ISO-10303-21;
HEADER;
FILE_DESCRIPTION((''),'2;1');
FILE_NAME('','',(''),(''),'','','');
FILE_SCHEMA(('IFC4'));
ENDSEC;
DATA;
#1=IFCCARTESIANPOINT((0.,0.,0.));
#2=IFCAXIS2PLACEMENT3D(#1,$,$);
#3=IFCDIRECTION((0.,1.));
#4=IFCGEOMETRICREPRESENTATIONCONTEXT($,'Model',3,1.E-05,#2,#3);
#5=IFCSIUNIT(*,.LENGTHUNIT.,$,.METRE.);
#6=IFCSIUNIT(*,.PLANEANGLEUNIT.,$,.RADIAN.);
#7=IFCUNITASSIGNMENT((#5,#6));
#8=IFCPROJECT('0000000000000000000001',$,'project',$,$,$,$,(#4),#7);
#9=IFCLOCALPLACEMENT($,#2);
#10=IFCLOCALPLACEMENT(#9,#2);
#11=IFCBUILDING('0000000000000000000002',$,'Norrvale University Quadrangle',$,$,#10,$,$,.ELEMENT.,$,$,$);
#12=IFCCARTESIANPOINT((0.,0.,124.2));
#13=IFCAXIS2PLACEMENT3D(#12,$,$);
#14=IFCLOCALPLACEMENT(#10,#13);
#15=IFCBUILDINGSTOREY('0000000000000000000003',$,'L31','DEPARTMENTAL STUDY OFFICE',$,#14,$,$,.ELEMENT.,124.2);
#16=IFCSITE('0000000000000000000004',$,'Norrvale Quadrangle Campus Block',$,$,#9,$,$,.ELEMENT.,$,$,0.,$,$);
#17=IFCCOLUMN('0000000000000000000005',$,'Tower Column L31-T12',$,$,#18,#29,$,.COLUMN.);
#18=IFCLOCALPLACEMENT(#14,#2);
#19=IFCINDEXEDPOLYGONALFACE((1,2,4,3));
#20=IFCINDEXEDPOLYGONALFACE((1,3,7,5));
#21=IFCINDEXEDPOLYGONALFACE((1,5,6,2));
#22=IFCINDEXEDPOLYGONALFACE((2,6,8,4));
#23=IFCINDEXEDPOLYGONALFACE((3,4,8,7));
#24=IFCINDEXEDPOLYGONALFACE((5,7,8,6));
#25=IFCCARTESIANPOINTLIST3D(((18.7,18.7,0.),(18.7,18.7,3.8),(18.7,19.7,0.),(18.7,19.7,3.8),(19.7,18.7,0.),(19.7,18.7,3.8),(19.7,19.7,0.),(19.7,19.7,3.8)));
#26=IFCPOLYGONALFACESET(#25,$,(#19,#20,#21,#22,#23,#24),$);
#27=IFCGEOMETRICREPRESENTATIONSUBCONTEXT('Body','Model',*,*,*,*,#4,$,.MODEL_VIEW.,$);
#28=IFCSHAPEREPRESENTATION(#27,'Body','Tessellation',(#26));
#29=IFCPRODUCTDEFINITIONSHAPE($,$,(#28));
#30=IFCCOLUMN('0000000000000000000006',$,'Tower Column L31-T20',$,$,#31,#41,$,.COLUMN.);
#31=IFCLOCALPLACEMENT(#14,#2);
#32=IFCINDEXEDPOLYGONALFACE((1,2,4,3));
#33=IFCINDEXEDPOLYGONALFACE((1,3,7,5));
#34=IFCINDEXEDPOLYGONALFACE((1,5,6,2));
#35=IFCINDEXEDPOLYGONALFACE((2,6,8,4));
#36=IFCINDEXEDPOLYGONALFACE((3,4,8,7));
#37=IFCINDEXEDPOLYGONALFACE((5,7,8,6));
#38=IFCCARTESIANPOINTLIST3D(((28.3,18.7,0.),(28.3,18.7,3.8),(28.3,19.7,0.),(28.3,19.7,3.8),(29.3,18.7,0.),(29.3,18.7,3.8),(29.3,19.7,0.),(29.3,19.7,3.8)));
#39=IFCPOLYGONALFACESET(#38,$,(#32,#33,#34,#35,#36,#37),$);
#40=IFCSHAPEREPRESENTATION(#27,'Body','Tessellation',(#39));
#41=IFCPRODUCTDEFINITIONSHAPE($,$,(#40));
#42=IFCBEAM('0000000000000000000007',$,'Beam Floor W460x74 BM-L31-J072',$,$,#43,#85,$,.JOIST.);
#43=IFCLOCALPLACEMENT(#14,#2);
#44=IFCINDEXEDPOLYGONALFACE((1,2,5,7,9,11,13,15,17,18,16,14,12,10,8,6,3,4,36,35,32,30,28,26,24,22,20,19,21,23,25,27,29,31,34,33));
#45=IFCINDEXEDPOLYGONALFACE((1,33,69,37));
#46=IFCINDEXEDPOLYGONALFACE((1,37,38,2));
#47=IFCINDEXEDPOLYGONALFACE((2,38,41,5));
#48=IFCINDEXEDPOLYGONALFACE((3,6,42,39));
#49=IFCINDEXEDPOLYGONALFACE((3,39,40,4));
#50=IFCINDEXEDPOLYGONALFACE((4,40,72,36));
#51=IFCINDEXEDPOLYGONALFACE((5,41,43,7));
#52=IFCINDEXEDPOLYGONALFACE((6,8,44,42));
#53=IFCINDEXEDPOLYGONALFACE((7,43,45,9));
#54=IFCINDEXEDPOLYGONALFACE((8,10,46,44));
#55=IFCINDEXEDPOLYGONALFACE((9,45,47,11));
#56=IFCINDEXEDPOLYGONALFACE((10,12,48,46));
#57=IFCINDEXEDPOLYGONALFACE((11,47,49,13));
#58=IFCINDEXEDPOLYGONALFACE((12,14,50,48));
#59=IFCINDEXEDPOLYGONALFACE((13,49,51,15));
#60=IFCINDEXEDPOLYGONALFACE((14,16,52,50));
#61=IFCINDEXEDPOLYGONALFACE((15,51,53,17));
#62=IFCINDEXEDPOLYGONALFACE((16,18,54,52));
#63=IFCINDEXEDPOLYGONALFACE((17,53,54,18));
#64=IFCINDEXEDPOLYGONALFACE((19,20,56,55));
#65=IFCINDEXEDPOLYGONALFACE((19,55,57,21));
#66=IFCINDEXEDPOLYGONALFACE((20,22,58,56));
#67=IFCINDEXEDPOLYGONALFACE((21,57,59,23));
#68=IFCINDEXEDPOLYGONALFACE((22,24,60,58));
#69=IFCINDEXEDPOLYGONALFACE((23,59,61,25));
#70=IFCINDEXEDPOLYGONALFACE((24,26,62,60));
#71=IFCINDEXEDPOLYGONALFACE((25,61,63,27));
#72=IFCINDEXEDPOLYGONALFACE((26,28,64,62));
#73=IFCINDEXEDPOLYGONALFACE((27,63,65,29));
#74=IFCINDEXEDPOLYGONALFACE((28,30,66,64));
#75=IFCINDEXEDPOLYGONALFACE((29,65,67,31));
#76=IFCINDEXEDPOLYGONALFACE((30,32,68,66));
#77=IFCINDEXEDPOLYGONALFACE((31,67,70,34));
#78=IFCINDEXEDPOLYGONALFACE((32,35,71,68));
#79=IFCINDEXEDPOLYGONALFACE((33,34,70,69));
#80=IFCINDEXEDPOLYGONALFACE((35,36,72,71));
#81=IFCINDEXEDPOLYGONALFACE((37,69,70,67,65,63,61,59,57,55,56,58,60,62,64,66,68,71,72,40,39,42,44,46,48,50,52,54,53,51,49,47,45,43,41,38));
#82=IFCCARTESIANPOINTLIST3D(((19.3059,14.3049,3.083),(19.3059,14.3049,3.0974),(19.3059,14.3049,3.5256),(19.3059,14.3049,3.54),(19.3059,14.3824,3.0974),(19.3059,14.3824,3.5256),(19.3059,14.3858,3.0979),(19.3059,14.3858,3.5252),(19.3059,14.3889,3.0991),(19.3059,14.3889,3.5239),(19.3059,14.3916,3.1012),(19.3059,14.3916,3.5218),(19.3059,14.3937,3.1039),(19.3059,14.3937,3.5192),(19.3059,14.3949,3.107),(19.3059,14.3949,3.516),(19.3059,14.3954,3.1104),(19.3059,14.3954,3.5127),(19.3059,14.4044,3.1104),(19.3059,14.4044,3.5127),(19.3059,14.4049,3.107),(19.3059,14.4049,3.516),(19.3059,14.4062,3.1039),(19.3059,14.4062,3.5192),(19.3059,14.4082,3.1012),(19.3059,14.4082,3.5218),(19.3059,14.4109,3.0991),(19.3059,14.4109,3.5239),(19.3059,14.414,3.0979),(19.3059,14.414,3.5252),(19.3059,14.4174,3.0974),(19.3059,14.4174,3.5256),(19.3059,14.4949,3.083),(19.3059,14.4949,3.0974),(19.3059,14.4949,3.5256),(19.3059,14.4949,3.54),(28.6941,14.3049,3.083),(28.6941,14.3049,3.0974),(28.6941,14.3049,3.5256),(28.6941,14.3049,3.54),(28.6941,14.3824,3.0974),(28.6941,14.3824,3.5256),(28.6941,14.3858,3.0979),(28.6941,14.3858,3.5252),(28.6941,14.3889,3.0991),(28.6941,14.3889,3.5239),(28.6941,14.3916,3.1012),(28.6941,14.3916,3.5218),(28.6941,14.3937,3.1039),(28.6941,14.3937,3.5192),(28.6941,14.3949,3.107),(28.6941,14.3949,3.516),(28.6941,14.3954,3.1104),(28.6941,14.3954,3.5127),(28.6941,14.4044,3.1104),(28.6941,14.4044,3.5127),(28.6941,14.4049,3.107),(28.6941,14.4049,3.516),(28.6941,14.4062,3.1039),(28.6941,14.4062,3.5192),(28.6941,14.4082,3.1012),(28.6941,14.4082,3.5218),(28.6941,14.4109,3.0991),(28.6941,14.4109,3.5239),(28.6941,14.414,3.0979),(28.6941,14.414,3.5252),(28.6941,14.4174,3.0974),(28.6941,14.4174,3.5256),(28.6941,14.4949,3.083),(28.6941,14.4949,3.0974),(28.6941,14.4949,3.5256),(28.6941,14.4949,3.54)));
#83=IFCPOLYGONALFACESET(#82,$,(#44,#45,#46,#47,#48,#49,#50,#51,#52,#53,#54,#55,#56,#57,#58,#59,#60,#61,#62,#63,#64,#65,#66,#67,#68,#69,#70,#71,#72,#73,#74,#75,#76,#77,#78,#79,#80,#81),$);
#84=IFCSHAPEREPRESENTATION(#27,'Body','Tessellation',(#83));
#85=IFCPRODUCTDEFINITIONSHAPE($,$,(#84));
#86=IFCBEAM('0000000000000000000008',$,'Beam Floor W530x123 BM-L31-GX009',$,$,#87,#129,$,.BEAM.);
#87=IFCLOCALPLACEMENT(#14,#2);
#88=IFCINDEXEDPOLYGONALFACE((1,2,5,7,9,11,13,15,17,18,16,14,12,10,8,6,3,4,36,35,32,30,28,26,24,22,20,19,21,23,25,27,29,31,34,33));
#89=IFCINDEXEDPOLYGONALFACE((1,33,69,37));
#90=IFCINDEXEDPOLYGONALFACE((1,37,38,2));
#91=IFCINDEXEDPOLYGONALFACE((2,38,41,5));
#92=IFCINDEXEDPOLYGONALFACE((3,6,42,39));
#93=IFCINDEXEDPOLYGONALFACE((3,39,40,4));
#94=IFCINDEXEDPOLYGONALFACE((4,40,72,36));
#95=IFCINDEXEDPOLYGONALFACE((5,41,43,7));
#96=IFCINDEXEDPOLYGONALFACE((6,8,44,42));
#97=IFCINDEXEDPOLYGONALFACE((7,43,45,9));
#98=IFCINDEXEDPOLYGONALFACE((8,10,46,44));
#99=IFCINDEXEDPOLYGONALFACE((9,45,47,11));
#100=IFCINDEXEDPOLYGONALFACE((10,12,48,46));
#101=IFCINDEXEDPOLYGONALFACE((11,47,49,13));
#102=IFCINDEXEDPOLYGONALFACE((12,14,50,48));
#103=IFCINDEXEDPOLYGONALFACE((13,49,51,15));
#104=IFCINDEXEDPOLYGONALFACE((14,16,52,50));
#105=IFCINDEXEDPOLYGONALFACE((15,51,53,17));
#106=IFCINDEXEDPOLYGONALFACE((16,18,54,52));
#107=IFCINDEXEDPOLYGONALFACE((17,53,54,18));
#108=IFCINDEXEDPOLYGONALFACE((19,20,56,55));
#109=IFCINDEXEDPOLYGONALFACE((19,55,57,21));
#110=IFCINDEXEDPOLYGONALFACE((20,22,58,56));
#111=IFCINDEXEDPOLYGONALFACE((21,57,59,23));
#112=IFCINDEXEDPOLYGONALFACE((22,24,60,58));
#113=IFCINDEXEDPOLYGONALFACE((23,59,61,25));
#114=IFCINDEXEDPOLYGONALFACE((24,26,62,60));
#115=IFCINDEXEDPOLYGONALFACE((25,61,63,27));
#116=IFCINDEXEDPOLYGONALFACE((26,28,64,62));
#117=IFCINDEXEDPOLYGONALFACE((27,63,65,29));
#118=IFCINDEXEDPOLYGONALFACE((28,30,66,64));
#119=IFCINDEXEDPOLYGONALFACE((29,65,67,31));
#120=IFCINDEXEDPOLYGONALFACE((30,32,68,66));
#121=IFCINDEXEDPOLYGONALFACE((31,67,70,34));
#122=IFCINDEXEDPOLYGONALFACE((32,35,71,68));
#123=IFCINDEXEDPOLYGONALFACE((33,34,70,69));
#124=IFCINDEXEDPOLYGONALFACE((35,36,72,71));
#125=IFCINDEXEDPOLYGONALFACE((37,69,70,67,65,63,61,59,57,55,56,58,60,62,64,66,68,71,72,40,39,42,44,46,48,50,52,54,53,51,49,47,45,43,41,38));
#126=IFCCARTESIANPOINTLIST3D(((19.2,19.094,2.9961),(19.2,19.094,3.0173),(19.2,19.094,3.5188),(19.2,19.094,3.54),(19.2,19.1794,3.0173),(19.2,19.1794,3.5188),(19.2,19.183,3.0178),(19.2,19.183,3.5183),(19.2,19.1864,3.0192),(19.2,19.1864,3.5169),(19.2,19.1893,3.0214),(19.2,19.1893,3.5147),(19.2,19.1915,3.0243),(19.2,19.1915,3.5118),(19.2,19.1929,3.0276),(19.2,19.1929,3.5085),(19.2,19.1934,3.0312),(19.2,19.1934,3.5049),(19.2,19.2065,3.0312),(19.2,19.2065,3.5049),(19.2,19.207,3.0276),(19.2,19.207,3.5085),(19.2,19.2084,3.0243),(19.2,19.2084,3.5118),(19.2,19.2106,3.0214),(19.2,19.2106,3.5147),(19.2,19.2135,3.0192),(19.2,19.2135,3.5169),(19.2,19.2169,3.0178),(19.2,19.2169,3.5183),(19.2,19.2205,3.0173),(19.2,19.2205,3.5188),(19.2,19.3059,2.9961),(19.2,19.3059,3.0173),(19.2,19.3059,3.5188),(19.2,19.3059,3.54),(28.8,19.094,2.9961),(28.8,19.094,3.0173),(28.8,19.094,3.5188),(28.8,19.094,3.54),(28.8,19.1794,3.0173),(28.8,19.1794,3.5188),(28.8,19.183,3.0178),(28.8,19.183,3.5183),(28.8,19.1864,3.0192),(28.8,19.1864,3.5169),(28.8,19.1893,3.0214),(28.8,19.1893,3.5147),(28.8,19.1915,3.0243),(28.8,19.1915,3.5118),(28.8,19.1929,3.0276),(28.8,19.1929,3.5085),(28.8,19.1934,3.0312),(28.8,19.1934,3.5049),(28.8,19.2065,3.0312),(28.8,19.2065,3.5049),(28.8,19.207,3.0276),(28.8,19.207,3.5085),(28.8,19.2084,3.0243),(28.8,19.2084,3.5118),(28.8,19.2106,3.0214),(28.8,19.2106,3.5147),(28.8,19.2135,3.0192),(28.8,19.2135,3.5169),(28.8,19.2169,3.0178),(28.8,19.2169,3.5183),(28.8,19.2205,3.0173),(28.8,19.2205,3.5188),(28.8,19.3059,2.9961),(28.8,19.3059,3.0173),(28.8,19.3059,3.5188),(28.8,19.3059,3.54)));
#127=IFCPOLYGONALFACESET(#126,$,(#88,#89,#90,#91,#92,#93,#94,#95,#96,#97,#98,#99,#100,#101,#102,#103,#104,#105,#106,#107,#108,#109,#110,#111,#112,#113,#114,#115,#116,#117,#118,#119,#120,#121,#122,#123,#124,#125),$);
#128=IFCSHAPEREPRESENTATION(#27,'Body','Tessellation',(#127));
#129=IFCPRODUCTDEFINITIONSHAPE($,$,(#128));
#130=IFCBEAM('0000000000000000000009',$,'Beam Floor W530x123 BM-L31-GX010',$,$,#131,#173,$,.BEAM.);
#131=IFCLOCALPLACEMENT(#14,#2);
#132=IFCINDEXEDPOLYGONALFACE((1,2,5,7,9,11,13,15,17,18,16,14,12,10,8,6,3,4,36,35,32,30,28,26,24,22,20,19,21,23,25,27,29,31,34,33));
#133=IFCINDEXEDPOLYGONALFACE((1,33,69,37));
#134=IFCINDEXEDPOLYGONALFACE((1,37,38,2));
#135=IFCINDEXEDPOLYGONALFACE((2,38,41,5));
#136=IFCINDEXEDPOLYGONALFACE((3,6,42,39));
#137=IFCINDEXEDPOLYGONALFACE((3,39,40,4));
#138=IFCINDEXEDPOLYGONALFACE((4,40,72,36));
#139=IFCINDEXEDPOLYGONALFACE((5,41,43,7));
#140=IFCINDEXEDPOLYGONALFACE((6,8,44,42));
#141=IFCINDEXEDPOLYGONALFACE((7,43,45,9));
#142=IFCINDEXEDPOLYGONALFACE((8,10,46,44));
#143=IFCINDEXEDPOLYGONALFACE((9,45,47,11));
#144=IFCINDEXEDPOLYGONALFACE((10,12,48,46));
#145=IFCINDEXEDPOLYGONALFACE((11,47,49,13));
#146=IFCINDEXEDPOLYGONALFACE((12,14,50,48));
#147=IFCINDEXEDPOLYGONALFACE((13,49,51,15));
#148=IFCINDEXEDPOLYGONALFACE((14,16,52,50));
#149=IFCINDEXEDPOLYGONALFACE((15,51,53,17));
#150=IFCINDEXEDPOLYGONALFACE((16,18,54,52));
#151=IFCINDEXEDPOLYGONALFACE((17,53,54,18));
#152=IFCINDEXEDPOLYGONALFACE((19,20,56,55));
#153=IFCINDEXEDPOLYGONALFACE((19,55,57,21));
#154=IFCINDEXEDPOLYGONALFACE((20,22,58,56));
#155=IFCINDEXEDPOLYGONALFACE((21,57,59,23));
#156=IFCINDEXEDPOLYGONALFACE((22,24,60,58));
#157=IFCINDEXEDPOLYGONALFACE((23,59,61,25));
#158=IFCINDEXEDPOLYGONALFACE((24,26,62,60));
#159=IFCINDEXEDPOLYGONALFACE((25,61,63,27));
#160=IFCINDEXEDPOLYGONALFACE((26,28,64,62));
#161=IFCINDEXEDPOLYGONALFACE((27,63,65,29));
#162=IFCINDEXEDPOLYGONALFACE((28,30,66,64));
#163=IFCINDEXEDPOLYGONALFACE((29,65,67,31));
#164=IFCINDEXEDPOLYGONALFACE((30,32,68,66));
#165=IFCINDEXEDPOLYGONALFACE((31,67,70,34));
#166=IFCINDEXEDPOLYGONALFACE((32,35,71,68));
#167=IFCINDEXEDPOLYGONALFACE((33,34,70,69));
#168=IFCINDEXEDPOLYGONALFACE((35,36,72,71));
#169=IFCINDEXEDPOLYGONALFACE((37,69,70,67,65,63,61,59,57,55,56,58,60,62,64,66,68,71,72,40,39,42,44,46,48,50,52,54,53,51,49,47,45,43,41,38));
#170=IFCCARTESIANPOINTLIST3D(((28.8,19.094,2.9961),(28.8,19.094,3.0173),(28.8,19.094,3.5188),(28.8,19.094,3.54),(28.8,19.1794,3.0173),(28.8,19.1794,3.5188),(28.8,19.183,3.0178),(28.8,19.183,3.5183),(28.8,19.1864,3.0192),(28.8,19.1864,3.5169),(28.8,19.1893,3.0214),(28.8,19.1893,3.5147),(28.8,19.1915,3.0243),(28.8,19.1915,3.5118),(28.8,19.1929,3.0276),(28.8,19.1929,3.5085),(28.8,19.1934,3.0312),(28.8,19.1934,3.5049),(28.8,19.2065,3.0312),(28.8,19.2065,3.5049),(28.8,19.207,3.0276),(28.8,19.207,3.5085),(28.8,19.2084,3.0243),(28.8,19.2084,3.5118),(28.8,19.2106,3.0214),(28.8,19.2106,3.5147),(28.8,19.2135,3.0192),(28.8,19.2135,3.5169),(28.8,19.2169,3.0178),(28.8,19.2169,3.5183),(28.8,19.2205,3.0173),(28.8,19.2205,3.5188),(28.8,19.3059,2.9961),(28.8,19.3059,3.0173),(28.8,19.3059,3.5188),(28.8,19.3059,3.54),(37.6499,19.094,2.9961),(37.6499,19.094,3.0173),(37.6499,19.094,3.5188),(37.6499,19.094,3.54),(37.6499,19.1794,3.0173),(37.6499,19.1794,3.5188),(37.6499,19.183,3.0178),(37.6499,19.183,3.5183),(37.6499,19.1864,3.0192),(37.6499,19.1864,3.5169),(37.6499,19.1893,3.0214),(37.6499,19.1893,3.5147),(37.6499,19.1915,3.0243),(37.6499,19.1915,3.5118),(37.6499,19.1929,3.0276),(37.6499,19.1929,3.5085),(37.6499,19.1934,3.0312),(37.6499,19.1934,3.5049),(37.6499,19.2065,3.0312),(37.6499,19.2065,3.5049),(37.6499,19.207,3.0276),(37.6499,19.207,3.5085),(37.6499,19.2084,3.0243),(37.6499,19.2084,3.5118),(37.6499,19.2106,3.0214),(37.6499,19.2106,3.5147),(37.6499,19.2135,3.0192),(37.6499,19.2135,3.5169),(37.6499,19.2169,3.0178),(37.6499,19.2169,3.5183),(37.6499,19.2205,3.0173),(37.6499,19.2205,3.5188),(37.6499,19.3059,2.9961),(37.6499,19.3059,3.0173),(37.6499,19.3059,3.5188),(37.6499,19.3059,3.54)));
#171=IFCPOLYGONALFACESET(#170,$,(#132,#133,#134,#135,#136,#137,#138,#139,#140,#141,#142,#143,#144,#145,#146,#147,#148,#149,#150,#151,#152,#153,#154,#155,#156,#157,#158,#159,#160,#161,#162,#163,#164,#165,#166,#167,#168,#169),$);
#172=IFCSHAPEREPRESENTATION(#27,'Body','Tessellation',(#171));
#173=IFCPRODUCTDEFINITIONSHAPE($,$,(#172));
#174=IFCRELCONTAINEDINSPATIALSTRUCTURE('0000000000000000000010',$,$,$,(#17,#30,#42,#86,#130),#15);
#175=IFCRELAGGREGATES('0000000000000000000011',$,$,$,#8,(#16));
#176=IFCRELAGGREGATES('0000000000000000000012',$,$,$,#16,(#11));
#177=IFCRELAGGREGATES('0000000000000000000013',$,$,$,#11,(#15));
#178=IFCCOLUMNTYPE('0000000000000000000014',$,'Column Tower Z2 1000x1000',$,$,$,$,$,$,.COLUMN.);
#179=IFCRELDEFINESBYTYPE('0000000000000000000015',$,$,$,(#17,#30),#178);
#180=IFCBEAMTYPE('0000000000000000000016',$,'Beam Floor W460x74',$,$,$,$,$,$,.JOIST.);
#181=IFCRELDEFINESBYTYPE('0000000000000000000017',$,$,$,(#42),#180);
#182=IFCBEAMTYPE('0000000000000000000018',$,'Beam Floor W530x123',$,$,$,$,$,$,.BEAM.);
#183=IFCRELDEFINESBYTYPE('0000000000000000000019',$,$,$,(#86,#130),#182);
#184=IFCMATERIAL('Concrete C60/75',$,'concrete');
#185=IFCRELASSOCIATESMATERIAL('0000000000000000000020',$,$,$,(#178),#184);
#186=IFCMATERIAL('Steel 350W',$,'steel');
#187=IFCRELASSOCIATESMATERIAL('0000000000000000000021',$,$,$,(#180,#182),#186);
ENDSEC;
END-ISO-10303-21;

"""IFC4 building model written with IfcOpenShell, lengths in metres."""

from ifc_helpers import new_model, si_unit, direction, frame, origin, origin_2d, place, context, subcontext, project, spatial, rectangle, i_section, extrude, material, material_profile, profile_set, type_object, element, save


model = new_model("IFC4")

# Units and contexts
model_context = context("Model", 3, precision=1e-05, world=origin(), true_north=direction((0.0, 1.0)))
body_context = subcontext(model_context, "Body", "Model", "MODEL_VIEW")
ifc_project = project(units=[si_unit("LENGTHUNIT", "METRE"), si_unit("PLANEANGLEUNIT", "RADIAN")], contexts=[model_context])

# Site, building, storey
site_placement = place(None, origin())
site = spatial("IfcSite", under=ifc_project, at=site_placement, Name="Norrvale Quadrangle Campus Block", CompositionType="ELEMENT", RefElevation=0.0)
building_placement = place(site_placement, origin())
building = spatial("IfcBuilding", under=site, at=building_placement, Name="Norrvale University Quadrangle", CompositionType="ELEMENT")
storey_placement = place(building_placement, frame((0.0, 0.0, 124.2)))
storey = spatial("IfcBuildingStorey", under=building, at=storey_placement, Name="L31", Description="DEPARTMENTAL STUDY OFFICE", CompositionType="ELEMENT", Elevation=124.2)

# Columns
ifc_material_1 = material(Name="Concrete C60/75", Category="concrete")
ifc_material_profile_1 = material_profile(ifc_material_1, rectangle(XDim=1.0, YDim=1.0, at=origin_2d()), Name="Concrete C60/75")
ifc_profile_set_1 = profile_set([ifc_material_profile_1], Name="Concrete C60/75")
column_type = type_object("IfcColumnType", Name="Column Tower Z2 1000x1000", PredefinedType="COLUMN", material=ifc_profile_set_1)
for number, where, z_axis, x_axis, name in (
    (1, (19.2, 19.2, 0.0), (0.0, 0.0, 1.0), (1.0, 0.0, 0.0), "Tower Column L31-T12"),
    (2, (28.8, 19.2, 0.0), (0.0, 0.0, 1.0), (1.0, 0.0, 0.0), "Tower Column L31-T20"),
):
    element("IfcColumn", number, at=place(storey_placement, frame(where, z_axis=z_axis, x_axis=x_axis)), inside=storey, type_object=column_type, Name=name, PredefinedType="COLUMN", context=body_context, shape_type="SweptSolid", body=[
        extrude(rectangle(XDim=1.0, YDim=1.0, at=origin_2d()), origin(), (0.0, 0.0, 1.0), 3.8),
    ])

# Beams
ifc_material_2 = material(Name="Steel 350W", Category="steel")
ifc_material_profile_2 = material_profile(ifc_material_2, i_section(OverallWidth=0.1899, OverallDepth=0.457, WebThickness=0.009, FlangeThickness=0.0144, FilletRadius=0.0129, at=origin_2d()), Name="Steel 350W")
ifc_profile_set_2 = profile_set([ifc_material_profile_2], Name="Steel 350W")
beam_type_1 = type_object("IfcBeamType", Name="Beam Floor W460x74", PredefinedType="JOIST", material=ifc_profile_set_2)
beam_1_placement = place(storey_placement, frame((19.3059, 14.3999, 3.3115), z_axis=(1.0, 0.0, 0.0), x_axis=(0.0, 1.0, 0.0)))
element("IfcBeam", 3, at=beam_1_placement, inside=storey, type_object=beam_type_1, Name="Beam Floor W460x74 BM-L31-J072", PredefinedType="JOIST", context=body_context, shape_type="SweptSolid", body=[
    extrude(i_section(OverallWidth=0.1899, OverallDepth=0.457, WebThickness=0.009, FlangeThickness=0.0144, FilletRadius=0.0129, at=origin_2d()), origin(), (0.0, 0.0, 1.0), 9.3882),
])
ifc_material_profile_3 = material_profile(ifc_material_2, i_section(OverallWidth=0.2119, OverallDepth=0.5439, WebThickness=0.0132, FlangeThickness=0.0212, FilletRadius=0.0139, at=origin_2d()), Name="Steel 350W")
ifc_profile_set_3 = profile_set([ifc_material_profile_3], Name="Steel 350W")
beam_type_2 = type_object("IfcBeamType", Name="Beam Floor W530x123", PredefinedType="BEAM", material=ifc_profile_set_3)
beam_2_placement = place(storey_placement, frame((19.2, 19.2, 3.2681), z_axis=(1.0, 0.0, 0.0), x_axis=(0.0, 1.0, 0.0)))
element("IfcBeam", 4, at=beam_2_placement, inside=storey, type_object=beam_type_2, Name="Beam Floor W530x123 BM-L31-GX009", PredefinedType="BEAM", context=body_context, shape_type="SweptSolid", body=[
    extrude(i_section(OverallWidth=0.2119, OverallDepth=0.5439, WebThickness=0.0132, FlangeThickness=0.0212, FilletRadius=0.0139, at=origin_2d()), origin(), (0.0, 0.0, 1.0), 9.6001),
])
beam_3_placement = place(storey_placement, frame((28.8, 19.2, 3.2681), z_axis=(1.0, 0.0, 0.0), x_axis=(0.0, 1.0, 0.0)))
element("IfcBeam", 5, at=beam_3_placement, inside=storey, type_object=beam_type_2, Name="Beam Floor W530x123 BM-L31-GX010", PredefinedType="BEAM", context=body_context, shape_type="SweptSolid", body=[
    extrude(i_section(OverallWidth=0.2119, OverallDepth=0.5439, WebThickness=0.0132, FlangeThickness=0.0212, FilletRadius=0.0139, at=origin_2d()), origin(), (0.0, 0.0, 1.0), 8.8499),
])

save(model, "model.ifc")
